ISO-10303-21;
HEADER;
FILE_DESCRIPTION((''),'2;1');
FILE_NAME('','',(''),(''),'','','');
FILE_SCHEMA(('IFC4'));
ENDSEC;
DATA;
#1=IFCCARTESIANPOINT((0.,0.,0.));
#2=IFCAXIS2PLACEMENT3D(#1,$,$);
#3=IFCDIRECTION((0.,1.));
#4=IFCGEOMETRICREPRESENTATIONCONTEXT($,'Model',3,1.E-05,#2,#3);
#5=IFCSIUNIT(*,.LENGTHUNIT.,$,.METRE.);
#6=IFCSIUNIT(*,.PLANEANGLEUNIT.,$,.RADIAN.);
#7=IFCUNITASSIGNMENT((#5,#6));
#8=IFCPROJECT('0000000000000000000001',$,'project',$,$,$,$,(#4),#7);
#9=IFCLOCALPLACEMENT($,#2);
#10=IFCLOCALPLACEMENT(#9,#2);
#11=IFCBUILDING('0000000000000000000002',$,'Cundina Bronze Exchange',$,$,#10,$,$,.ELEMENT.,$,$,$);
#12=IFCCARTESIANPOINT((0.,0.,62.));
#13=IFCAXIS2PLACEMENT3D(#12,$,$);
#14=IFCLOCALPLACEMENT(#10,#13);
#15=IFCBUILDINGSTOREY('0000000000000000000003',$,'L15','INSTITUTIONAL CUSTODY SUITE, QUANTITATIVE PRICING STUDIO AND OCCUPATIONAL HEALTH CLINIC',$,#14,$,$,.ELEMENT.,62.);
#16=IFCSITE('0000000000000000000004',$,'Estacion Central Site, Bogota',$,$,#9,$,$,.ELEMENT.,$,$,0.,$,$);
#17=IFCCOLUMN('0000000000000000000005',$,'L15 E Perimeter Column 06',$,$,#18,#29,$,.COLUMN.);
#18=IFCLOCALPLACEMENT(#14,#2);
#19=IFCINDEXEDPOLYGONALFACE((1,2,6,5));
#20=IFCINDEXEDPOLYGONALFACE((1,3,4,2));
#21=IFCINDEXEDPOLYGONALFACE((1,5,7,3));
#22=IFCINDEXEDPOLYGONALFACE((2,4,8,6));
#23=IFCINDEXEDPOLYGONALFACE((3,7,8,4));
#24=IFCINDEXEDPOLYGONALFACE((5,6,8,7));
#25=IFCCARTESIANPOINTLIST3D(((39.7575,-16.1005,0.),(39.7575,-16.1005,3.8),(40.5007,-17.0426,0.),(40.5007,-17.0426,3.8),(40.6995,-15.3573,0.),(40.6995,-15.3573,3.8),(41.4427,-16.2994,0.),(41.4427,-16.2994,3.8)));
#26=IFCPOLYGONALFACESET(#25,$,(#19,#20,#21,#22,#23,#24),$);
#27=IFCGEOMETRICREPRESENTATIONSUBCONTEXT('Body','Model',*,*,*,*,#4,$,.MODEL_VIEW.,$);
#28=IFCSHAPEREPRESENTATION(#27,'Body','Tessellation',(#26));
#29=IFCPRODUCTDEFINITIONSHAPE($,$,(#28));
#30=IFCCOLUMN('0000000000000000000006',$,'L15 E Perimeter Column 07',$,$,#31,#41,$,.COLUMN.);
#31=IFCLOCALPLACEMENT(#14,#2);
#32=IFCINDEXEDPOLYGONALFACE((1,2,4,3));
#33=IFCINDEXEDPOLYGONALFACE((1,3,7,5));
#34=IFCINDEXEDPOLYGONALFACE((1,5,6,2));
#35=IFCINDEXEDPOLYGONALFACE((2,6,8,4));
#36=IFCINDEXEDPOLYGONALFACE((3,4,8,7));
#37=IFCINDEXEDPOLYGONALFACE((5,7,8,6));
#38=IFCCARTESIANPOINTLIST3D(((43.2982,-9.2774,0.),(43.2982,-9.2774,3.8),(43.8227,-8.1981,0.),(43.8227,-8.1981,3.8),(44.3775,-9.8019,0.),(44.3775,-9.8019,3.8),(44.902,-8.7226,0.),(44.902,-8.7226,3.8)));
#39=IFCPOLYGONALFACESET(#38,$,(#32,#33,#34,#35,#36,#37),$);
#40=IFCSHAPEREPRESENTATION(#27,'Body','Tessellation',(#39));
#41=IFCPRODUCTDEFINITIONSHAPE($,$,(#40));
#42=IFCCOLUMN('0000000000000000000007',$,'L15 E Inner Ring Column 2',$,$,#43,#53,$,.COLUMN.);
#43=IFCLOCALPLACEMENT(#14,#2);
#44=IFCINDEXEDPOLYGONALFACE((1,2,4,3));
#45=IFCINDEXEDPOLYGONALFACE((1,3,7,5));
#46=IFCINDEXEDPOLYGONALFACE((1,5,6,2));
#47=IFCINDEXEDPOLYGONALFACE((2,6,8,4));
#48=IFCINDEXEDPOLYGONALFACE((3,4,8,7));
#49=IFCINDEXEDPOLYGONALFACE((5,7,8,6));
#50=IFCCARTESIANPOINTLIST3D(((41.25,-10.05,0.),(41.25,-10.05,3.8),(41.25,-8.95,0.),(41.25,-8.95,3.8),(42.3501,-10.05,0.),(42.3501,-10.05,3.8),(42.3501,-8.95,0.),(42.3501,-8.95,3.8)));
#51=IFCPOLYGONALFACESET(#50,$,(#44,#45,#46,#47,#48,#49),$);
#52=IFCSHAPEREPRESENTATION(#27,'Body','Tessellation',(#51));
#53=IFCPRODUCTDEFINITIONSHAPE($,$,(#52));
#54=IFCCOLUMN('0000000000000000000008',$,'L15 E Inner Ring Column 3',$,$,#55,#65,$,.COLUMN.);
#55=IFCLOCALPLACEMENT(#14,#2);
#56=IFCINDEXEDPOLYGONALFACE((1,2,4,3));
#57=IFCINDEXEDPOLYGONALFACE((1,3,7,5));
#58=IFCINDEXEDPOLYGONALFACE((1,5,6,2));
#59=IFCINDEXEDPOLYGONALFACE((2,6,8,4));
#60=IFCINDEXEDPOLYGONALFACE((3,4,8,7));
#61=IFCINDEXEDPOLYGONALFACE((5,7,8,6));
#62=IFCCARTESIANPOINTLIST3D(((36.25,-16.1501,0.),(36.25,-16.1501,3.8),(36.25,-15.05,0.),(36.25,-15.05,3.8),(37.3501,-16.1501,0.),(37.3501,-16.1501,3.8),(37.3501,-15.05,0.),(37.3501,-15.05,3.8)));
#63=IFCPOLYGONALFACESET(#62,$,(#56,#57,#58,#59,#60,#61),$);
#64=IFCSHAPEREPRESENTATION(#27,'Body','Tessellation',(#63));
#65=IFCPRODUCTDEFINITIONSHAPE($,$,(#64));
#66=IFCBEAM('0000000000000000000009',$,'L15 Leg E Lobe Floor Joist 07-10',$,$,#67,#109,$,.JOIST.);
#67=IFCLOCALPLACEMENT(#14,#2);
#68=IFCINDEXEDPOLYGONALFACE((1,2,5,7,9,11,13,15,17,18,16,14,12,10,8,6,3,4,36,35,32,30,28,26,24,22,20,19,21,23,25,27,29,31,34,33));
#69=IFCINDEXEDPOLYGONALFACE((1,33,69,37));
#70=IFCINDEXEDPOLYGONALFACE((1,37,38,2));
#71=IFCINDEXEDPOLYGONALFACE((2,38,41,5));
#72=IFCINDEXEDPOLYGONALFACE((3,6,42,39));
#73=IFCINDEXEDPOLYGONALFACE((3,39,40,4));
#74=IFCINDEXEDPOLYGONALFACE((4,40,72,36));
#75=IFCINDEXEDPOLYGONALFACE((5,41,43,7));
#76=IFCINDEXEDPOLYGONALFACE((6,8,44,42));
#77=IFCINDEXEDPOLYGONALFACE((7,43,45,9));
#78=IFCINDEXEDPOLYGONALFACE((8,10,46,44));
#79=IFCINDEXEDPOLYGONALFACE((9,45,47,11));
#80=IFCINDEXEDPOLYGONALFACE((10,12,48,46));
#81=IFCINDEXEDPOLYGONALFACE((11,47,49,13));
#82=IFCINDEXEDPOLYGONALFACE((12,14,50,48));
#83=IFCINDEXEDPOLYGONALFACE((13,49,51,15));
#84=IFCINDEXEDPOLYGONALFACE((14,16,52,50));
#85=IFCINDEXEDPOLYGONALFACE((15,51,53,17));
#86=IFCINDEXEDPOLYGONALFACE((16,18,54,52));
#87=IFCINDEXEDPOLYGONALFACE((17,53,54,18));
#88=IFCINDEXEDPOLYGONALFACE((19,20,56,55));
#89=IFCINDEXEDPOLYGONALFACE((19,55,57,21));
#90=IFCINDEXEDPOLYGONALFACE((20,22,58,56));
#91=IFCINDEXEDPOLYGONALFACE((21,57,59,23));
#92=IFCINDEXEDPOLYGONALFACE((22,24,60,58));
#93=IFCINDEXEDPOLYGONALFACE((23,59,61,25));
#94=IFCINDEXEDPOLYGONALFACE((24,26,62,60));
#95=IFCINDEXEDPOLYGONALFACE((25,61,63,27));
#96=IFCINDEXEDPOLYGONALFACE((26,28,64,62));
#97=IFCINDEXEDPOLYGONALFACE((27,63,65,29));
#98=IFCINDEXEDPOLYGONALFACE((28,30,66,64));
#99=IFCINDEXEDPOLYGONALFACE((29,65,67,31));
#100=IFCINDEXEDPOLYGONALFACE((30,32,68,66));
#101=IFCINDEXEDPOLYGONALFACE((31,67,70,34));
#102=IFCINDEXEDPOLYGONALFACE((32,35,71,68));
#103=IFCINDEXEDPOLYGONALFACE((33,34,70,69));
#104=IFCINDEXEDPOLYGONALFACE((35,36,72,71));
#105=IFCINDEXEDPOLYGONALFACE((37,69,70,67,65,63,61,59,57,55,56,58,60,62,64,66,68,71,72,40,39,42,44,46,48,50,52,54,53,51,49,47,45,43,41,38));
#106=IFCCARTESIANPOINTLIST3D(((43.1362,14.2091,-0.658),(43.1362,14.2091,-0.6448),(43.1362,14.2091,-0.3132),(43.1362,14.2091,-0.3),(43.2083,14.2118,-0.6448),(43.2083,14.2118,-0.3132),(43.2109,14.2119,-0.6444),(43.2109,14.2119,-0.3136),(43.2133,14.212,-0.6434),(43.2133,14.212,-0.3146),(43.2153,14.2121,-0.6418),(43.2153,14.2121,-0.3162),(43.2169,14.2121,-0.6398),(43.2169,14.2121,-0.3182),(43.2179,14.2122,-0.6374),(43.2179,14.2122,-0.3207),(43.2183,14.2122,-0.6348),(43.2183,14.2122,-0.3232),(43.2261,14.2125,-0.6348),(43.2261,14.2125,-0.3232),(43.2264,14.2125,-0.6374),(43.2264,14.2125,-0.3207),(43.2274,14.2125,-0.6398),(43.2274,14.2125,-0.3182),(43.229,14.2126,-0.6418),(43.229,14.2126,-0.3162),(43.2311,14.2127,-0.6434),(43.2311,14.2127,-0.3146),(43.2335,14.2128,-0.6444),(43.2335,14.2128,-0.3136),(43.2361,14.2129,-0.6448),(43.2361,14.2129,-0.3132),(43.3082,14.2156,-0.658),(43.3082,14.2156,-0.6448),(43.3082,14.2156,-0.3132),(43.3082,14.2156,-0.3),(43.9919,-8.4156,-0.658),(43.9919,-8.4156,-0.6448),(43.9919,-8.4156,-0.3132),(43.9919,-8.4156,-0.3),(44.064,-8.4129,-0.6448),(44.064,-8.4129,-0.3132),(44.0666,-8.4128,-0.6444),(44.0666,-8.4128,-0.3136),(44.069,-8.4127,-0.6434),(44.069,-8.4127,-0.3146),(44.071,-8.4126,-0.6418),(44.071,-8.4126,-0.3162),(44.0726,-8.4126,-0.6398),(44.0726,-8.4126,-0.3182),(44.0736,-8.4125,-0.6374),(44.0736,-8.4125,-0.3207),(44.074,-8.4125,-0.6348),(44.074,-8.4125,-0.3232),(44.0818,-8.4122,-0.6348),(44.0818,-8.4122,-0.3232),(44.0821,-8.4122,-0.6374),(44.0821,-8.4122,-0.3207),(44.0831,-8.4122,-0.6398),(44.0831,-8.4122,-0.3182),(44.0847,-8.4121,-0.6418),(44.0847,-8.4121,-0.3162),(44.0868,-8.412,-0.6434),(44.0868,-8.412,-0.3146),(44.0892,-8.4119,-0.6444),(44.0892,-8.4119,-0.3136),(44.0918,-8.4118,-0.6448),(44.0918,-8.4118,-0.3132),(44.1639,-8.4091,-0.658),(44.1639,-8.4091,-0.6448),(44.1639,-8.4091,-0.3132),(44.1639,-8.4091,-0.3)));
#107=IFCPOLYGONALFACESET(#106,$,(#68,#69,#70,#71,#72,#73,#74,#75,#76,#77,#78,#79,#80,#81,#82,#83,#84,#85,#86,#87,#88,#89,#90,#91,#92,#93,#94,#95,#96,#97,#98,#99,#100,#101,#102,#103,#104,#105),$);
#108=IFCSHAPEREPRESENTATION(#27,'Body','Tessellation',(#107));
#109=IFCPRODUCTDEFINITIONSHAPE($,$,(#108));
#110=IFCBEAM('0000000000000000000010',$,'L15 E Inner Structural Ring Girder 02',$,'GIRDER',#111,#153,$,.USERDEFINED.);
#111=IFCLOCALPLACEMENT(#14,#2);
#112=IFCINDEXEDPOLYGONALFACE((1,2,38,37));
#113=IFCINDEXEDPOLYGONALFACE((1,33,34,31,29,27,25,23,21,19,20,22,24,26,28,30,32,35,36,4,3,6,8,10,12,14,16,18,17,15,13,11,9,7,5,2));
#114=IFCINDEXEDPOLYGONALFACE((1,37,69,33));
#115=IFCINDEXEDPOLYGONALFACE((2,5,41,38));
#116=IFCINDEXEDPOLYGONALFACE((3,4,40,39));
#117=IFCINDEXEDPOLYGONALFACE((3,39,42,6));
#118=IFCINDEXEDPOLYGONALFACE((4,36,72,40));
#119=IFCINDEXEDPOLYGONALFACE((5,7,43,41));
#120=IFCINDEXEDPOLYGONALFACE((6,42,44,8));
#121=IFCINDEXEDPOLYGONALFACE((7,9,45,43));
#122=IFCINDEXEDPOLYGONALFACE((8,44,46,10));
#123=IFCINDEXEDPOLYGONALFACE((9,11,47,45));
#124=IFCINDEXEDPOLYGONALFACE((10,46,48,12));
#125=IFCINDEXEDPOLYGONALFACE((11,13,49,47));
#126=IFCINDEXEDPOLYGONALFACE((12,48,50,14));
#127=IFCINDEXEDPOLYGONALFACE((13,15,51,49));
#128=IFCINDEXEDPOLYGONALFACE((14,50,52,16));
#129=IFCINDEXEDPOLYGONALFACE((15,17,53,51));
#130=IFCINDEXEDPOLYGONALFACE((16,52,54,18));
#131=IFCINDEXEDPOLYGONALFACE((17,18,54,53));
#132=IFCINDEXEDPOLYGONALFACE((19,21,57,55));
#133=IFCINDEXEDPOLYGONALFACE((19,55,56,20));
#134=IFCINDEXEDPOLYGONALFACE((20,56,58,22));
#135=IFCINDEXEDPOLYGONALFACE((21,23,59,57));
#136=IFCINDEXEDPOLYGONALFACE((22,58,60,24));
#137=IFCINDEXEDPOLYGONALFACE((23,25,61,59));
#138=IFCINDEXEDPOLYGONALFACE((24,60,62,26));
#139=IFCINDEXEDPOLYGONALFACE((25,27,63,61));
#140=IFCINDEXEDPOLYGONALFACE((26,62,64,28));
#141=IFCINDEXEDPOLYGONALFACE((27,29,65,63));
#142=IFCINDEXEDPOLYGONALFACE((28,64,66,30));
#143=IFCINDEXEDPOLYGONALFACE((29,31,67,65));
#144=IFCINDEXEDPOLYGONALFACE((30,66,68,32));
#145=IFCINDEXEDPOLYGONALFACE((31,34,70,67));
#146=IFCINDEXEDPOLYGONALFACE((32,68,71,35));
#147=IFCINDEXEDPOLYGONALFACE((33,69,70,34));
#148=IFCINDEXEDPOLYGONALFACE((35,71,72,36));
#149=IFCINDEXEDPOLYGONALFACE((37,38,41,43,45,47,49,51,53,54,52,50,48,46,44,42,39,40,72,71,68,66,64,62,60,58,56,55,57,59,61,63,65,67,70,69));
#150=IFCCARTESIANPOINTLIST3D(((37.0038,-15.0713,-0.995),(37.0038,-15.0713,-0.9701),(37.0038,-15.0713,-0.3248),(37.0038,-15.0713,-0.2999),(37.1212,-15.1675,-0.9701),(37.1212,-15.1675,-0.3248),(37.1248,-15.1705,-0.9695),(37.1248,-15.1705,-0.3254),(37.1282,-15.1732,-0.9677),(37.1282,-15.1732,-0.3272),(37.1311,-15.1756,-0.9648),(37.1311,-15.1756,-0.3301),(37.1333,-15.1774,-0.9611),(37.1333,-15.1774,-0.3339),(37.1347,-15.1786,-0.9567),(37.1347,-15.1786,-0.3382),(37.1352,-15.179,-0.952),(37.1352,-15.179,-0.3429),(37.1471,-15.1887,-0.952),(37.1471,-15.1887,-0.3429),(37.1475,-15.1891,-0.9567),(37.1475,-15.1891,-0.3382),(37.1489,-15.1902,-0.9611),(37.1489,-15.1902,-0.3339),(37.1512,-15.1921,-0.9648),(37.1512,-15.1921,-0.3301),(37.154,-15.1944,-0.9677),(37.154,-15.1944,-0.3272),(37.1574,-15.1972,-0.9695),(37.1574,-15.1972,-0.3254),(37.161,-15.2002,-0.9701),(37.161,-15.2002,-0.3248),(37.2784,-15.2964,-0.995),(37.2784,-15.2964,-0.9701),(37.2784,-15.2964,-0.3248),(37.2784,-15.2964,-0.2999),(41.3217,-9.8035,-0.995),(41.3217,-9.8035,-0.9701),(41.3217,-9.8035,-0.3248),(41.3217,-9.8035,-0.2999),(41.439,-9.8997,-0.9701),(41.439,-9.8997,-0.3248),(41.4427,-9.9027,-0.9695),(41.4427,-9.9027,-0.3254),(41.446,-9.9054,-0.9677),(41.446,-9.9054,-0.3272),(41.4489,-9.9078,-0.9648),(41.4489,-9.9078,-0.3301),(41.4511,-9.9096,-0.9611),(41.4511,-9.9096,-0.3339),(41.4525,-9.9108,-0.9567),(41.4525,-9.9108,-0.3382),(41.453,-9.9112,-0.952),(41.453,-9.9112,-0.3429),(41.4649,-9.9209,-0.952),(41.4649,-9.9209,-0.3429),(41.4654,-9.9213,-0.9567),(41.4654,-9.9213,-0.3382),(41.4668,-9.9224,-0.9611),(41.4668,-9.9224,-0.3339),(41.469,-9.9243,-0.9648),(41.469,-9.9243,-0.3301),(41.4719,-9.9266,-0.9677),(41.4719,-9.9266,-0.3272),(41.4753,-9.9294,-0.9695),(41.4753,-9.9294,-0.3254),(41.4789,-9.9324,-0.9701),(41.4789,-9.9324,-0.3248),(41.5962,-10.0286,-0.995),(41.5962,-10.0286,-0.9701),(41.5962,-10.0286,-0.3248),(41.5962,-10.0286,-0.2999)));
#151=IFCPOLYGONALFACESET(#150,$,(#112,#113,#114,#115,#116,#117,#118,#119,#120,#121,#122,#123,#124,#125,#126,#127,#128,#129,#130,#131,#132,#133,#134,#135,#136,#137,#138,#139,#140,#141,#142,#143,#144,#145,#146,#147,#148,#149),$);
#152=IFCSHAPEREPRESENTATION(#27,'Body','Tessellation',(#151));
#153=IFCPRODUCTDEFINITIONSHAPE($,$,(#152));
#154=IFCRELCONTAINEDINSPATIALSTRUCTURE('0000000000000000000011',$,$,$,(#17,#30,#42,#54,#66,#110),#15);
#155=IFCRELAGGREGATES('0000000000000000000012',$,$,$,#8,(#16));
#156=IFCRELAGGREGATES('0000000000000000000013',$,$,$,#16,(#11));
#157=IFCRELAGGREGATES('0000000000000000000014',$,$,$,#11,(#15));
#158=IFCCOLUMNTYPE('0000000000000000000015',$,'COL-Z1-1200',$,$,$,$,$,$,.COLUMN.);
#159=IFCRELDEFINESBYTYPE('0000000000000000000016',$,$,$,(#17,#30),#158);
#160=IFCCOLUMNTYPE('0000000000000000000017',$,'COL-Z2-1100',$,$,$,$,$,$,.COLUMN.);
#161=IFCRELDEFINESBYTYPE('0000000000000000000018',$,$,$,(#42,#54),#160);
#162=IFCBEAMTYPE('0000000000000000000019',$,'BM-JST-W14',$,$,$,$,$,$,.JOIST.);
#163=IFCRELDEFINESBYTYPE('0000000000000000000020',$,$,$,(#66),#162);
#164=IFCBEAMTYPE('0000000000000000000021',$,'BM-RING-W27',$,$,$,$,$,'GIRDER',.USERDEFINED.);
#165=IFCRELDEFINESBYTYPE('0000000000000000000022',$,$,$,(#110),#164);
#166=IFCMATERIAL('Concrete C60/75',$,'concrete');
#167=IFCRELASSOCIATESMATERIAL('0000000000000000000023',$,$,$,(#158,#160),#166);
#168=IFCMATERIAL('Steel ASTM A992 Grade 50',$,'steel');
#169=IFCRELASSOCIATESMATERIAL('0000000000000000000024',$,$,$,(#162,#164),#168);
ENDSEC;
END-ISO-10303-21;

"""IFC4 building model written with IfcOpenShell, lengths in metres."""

from ifc_helpers import new_model, si_unit, direction, frame, origin, origin_2d, place, context, subcontext, project, spatial, rectangle, i_section, extrude, material, material_profile, profile_set, type_object, element, save


model = new_model("IFC4")

# Units and contexts
model_context = context("Model", 3, precision=1e-05, world=origin(), true_north=direction((0.0, 1.0)))
body_context = subcontext(model_context, "Body", "Model", "MODEL_VIEW")
ifc_project = project(units=[si_unit("LENGTHUNIT", "METRE"), si_unit("PLANEANGLEUNIT", "RADIAN")], contexts=[model_context])

# Site, building, storey
site_placement = place(None, origin())
site = spatial("IfcSite", under=ifc_project, at=site_placement, Name="Estacion Central Site, Bogota", CompositionType="ELEMENT", RefElevation=0.0)
building_placement = place(site_placement, origin())
building = spatial("IfcBuilding", under=site, at=building_placement, Name="Cundina Bronze Exchange", CompositionType="ELEMENT")
storey_placement = place(building_placement, frame((0.0, 0.0, 62.0)))
storey = spatial("IfcBuildingStorey", under=building, at=storey_placement, Name="L15", Description="INSTITUTIONAL CUSTODY SUITE, QUANTITATIVE PRICING STUDIO AND OCCUPATIONAL HEALTH CLINIC", CompositionType="ELEMENT", Elevation=62.0)

# Columns
ifc_material_1 = material(Name="Concrete C60/75", Category="concrete")
ifc_material_profile_1 = material_profile(ifc_material_1, rectangle(XDim=1.2, YDim=1.2, at=origin_2d()), Name="RC1200X1200", Category="concrete")
ifc_profile_set_1 = profile_set([ifc_material_profile_1], Name="Concrete C60/75")
column_type_1 = type_object("IfcColumnType", Name="COL-Z1-1200", PredefinedType="COLUMN", material=ifc_profile_set_1)
for number, where, z_axis, x_axis, name in (
    (1, (40.6001, -16.2, 0.0), (0.0, 0.0, 1.0), (0.785101, 0.619368, 0.0), "L15 E Perimeter Column 06"),
    (2, (44.1001, -9.0, 0.0), (0.0, 0.0, 1.0), (0.437116, 0.899405, 0.0), "L15 E Perimeter Column 07"),
):
    element("IfcColumn", number, at=place(storey_placement, frame(where, z_axis=z_axis, x_axis=x_axis)), inside=storey, type_object=column_type_1, Name=name, PredefinedType="COLUMN", context=body_context, shape_type="SweptSolid", body=[
        extrude(rectangle(XDim=1.2, YDim=1.2, at=origin_2d()), origin(), (0.0, 0.0, 1.0), 3.8),
    ])
ifc_material_profile_2 = material_profile(ifc_material_1, rectangle(XDim=1.1001, YDim=1.1001, at=origin_2d()), Name="RC1100X1100", Category="concrete")
ifc_profile_set_2 = profile_set([ifc_material_profile_2], Name="Concrete C60/75")
column_type_2 = type_object("IfcColumnType", Name="COL-Z2-1100", PredefinedType="COLUMN", material=ifc_profile_set_2)
for number, where, z_axis, x_axis, name in (
    (3, (41.8, -9.5, 0.0), (0.0, 0.0, 1.0), (1.0, 0.0, 0.0), "L15 E Inner Ring Column 2"),
    (4, (36.8, -15.6001, 0.0), (0.0, 0.0, 1.0), (1.0, 0.0, 0.0), "L15 E Inner Ring Column 3"),
):
    element("IfcColumn", number, at=place(storey_placement, frame(where, z_axis=z_axis, x_axis=x_axis)), inside=storey, type_object=column_type_2, Name=name, PredefinedType="COLUMN", context=body_context, shape_type="SweptSolid", body=[
        extrude(rectangle(XDim=1.1001, YDim=1.1001, at=origin_2d()), origin(), (0.0, 0.0, 1.0), 3.8),
    ])

# Beams
ifc_material_2 = material(Name="Steel ASTM A992 Grade 50", Category="steel")
ifc_material_profile_3 = material_profile(ifc_material_2, i_section(OverallWidth=0.1721, OverallDepth=0.3579, WebThickness=0.0078, FlangeThickness=0.0132, FilletRadius=0.01, at=origin_2d()), Name="W14X38", Category="steel")
ifc_profile_set_3 = profile_set([ifc_material_profile_3], Name="Steel ASTM A992 Grade 50")
beam_type_1 = type_object("IfcBeamType", Name="BM-JST-W14", PredefinedType="JOIST", material=ifc_profile_set_3)
beam_1_placement = place(storey_placement, frame((44.0779, -8.4124, -0.479), z_axis=(-0.037795, 0.999286, 0.0), x_axis=(-0.999286, -0.037795, 0.0)))
element("IfcBeam", 5, at=beam_1_placement, inside=storey, type_object=beam_type_1, Name="L15 Leg E Lobe Floor Joist 07-10", PredefinedType="JOIST", context=body_context, shape_type="SweptSolid", body=[
    extrude(i_section(OverallWidth=0.1721, OverallDepth=0.3579, WebThickness=0.0078, FlangeThickness=0.0132, FilletRadius=0.01, at=origin_2d()), origin(), (0.0, 0.0, 1.0), 22.6409),
])
ifc_material_profile_4 = material_profile(ifc_material_2, i_section(OverallWidth=0.355, OverallDepth=0.6951, WebThickness=0.0154, FlangeThickness=0.0249, FilletRadius=0.0181, at=origin_2d()), Name="W27X146", Category="steel")
ifc_profile_set_4 = profile_set([ifc_material_profile_4], Name="Steel ASTM A992 Grade 50")
beam_type_2 = type_object("IfcBeamType", Name="BM-RING-W27", ElementType="GIRDER", PredefinedType="USERDEFINED", material=ifc_profile_set_4)
beam_2_placement = place(storey_placement, frame((37.1411, -15.1838, -0.6475), z_axis=(0.633927, 0.773393, 0.0), x_axis=(-0.773393, 0.633927, 0.0)))
element("IfcBeam", 6, at=beam_2_placement, inside=storey, type_object=beam_type_2, Name="L15 E Inner Structural Ring Girder 02", ObjectType="GIRDER", PredefinedType="USERDEFINED", context=body_context, shape_type="SweptSolid", body=[
    extrude(i_section(OverallWidth=0.355, OverallDepth=0.6951, WebThickness=0.0154, FlangeThickness=0.0249, FilletRadius=0.0181, at=origin_2d()), origin(), (0.0, 0.0, 1.0), 6.8113),
])

save(model, "model.ifc")
